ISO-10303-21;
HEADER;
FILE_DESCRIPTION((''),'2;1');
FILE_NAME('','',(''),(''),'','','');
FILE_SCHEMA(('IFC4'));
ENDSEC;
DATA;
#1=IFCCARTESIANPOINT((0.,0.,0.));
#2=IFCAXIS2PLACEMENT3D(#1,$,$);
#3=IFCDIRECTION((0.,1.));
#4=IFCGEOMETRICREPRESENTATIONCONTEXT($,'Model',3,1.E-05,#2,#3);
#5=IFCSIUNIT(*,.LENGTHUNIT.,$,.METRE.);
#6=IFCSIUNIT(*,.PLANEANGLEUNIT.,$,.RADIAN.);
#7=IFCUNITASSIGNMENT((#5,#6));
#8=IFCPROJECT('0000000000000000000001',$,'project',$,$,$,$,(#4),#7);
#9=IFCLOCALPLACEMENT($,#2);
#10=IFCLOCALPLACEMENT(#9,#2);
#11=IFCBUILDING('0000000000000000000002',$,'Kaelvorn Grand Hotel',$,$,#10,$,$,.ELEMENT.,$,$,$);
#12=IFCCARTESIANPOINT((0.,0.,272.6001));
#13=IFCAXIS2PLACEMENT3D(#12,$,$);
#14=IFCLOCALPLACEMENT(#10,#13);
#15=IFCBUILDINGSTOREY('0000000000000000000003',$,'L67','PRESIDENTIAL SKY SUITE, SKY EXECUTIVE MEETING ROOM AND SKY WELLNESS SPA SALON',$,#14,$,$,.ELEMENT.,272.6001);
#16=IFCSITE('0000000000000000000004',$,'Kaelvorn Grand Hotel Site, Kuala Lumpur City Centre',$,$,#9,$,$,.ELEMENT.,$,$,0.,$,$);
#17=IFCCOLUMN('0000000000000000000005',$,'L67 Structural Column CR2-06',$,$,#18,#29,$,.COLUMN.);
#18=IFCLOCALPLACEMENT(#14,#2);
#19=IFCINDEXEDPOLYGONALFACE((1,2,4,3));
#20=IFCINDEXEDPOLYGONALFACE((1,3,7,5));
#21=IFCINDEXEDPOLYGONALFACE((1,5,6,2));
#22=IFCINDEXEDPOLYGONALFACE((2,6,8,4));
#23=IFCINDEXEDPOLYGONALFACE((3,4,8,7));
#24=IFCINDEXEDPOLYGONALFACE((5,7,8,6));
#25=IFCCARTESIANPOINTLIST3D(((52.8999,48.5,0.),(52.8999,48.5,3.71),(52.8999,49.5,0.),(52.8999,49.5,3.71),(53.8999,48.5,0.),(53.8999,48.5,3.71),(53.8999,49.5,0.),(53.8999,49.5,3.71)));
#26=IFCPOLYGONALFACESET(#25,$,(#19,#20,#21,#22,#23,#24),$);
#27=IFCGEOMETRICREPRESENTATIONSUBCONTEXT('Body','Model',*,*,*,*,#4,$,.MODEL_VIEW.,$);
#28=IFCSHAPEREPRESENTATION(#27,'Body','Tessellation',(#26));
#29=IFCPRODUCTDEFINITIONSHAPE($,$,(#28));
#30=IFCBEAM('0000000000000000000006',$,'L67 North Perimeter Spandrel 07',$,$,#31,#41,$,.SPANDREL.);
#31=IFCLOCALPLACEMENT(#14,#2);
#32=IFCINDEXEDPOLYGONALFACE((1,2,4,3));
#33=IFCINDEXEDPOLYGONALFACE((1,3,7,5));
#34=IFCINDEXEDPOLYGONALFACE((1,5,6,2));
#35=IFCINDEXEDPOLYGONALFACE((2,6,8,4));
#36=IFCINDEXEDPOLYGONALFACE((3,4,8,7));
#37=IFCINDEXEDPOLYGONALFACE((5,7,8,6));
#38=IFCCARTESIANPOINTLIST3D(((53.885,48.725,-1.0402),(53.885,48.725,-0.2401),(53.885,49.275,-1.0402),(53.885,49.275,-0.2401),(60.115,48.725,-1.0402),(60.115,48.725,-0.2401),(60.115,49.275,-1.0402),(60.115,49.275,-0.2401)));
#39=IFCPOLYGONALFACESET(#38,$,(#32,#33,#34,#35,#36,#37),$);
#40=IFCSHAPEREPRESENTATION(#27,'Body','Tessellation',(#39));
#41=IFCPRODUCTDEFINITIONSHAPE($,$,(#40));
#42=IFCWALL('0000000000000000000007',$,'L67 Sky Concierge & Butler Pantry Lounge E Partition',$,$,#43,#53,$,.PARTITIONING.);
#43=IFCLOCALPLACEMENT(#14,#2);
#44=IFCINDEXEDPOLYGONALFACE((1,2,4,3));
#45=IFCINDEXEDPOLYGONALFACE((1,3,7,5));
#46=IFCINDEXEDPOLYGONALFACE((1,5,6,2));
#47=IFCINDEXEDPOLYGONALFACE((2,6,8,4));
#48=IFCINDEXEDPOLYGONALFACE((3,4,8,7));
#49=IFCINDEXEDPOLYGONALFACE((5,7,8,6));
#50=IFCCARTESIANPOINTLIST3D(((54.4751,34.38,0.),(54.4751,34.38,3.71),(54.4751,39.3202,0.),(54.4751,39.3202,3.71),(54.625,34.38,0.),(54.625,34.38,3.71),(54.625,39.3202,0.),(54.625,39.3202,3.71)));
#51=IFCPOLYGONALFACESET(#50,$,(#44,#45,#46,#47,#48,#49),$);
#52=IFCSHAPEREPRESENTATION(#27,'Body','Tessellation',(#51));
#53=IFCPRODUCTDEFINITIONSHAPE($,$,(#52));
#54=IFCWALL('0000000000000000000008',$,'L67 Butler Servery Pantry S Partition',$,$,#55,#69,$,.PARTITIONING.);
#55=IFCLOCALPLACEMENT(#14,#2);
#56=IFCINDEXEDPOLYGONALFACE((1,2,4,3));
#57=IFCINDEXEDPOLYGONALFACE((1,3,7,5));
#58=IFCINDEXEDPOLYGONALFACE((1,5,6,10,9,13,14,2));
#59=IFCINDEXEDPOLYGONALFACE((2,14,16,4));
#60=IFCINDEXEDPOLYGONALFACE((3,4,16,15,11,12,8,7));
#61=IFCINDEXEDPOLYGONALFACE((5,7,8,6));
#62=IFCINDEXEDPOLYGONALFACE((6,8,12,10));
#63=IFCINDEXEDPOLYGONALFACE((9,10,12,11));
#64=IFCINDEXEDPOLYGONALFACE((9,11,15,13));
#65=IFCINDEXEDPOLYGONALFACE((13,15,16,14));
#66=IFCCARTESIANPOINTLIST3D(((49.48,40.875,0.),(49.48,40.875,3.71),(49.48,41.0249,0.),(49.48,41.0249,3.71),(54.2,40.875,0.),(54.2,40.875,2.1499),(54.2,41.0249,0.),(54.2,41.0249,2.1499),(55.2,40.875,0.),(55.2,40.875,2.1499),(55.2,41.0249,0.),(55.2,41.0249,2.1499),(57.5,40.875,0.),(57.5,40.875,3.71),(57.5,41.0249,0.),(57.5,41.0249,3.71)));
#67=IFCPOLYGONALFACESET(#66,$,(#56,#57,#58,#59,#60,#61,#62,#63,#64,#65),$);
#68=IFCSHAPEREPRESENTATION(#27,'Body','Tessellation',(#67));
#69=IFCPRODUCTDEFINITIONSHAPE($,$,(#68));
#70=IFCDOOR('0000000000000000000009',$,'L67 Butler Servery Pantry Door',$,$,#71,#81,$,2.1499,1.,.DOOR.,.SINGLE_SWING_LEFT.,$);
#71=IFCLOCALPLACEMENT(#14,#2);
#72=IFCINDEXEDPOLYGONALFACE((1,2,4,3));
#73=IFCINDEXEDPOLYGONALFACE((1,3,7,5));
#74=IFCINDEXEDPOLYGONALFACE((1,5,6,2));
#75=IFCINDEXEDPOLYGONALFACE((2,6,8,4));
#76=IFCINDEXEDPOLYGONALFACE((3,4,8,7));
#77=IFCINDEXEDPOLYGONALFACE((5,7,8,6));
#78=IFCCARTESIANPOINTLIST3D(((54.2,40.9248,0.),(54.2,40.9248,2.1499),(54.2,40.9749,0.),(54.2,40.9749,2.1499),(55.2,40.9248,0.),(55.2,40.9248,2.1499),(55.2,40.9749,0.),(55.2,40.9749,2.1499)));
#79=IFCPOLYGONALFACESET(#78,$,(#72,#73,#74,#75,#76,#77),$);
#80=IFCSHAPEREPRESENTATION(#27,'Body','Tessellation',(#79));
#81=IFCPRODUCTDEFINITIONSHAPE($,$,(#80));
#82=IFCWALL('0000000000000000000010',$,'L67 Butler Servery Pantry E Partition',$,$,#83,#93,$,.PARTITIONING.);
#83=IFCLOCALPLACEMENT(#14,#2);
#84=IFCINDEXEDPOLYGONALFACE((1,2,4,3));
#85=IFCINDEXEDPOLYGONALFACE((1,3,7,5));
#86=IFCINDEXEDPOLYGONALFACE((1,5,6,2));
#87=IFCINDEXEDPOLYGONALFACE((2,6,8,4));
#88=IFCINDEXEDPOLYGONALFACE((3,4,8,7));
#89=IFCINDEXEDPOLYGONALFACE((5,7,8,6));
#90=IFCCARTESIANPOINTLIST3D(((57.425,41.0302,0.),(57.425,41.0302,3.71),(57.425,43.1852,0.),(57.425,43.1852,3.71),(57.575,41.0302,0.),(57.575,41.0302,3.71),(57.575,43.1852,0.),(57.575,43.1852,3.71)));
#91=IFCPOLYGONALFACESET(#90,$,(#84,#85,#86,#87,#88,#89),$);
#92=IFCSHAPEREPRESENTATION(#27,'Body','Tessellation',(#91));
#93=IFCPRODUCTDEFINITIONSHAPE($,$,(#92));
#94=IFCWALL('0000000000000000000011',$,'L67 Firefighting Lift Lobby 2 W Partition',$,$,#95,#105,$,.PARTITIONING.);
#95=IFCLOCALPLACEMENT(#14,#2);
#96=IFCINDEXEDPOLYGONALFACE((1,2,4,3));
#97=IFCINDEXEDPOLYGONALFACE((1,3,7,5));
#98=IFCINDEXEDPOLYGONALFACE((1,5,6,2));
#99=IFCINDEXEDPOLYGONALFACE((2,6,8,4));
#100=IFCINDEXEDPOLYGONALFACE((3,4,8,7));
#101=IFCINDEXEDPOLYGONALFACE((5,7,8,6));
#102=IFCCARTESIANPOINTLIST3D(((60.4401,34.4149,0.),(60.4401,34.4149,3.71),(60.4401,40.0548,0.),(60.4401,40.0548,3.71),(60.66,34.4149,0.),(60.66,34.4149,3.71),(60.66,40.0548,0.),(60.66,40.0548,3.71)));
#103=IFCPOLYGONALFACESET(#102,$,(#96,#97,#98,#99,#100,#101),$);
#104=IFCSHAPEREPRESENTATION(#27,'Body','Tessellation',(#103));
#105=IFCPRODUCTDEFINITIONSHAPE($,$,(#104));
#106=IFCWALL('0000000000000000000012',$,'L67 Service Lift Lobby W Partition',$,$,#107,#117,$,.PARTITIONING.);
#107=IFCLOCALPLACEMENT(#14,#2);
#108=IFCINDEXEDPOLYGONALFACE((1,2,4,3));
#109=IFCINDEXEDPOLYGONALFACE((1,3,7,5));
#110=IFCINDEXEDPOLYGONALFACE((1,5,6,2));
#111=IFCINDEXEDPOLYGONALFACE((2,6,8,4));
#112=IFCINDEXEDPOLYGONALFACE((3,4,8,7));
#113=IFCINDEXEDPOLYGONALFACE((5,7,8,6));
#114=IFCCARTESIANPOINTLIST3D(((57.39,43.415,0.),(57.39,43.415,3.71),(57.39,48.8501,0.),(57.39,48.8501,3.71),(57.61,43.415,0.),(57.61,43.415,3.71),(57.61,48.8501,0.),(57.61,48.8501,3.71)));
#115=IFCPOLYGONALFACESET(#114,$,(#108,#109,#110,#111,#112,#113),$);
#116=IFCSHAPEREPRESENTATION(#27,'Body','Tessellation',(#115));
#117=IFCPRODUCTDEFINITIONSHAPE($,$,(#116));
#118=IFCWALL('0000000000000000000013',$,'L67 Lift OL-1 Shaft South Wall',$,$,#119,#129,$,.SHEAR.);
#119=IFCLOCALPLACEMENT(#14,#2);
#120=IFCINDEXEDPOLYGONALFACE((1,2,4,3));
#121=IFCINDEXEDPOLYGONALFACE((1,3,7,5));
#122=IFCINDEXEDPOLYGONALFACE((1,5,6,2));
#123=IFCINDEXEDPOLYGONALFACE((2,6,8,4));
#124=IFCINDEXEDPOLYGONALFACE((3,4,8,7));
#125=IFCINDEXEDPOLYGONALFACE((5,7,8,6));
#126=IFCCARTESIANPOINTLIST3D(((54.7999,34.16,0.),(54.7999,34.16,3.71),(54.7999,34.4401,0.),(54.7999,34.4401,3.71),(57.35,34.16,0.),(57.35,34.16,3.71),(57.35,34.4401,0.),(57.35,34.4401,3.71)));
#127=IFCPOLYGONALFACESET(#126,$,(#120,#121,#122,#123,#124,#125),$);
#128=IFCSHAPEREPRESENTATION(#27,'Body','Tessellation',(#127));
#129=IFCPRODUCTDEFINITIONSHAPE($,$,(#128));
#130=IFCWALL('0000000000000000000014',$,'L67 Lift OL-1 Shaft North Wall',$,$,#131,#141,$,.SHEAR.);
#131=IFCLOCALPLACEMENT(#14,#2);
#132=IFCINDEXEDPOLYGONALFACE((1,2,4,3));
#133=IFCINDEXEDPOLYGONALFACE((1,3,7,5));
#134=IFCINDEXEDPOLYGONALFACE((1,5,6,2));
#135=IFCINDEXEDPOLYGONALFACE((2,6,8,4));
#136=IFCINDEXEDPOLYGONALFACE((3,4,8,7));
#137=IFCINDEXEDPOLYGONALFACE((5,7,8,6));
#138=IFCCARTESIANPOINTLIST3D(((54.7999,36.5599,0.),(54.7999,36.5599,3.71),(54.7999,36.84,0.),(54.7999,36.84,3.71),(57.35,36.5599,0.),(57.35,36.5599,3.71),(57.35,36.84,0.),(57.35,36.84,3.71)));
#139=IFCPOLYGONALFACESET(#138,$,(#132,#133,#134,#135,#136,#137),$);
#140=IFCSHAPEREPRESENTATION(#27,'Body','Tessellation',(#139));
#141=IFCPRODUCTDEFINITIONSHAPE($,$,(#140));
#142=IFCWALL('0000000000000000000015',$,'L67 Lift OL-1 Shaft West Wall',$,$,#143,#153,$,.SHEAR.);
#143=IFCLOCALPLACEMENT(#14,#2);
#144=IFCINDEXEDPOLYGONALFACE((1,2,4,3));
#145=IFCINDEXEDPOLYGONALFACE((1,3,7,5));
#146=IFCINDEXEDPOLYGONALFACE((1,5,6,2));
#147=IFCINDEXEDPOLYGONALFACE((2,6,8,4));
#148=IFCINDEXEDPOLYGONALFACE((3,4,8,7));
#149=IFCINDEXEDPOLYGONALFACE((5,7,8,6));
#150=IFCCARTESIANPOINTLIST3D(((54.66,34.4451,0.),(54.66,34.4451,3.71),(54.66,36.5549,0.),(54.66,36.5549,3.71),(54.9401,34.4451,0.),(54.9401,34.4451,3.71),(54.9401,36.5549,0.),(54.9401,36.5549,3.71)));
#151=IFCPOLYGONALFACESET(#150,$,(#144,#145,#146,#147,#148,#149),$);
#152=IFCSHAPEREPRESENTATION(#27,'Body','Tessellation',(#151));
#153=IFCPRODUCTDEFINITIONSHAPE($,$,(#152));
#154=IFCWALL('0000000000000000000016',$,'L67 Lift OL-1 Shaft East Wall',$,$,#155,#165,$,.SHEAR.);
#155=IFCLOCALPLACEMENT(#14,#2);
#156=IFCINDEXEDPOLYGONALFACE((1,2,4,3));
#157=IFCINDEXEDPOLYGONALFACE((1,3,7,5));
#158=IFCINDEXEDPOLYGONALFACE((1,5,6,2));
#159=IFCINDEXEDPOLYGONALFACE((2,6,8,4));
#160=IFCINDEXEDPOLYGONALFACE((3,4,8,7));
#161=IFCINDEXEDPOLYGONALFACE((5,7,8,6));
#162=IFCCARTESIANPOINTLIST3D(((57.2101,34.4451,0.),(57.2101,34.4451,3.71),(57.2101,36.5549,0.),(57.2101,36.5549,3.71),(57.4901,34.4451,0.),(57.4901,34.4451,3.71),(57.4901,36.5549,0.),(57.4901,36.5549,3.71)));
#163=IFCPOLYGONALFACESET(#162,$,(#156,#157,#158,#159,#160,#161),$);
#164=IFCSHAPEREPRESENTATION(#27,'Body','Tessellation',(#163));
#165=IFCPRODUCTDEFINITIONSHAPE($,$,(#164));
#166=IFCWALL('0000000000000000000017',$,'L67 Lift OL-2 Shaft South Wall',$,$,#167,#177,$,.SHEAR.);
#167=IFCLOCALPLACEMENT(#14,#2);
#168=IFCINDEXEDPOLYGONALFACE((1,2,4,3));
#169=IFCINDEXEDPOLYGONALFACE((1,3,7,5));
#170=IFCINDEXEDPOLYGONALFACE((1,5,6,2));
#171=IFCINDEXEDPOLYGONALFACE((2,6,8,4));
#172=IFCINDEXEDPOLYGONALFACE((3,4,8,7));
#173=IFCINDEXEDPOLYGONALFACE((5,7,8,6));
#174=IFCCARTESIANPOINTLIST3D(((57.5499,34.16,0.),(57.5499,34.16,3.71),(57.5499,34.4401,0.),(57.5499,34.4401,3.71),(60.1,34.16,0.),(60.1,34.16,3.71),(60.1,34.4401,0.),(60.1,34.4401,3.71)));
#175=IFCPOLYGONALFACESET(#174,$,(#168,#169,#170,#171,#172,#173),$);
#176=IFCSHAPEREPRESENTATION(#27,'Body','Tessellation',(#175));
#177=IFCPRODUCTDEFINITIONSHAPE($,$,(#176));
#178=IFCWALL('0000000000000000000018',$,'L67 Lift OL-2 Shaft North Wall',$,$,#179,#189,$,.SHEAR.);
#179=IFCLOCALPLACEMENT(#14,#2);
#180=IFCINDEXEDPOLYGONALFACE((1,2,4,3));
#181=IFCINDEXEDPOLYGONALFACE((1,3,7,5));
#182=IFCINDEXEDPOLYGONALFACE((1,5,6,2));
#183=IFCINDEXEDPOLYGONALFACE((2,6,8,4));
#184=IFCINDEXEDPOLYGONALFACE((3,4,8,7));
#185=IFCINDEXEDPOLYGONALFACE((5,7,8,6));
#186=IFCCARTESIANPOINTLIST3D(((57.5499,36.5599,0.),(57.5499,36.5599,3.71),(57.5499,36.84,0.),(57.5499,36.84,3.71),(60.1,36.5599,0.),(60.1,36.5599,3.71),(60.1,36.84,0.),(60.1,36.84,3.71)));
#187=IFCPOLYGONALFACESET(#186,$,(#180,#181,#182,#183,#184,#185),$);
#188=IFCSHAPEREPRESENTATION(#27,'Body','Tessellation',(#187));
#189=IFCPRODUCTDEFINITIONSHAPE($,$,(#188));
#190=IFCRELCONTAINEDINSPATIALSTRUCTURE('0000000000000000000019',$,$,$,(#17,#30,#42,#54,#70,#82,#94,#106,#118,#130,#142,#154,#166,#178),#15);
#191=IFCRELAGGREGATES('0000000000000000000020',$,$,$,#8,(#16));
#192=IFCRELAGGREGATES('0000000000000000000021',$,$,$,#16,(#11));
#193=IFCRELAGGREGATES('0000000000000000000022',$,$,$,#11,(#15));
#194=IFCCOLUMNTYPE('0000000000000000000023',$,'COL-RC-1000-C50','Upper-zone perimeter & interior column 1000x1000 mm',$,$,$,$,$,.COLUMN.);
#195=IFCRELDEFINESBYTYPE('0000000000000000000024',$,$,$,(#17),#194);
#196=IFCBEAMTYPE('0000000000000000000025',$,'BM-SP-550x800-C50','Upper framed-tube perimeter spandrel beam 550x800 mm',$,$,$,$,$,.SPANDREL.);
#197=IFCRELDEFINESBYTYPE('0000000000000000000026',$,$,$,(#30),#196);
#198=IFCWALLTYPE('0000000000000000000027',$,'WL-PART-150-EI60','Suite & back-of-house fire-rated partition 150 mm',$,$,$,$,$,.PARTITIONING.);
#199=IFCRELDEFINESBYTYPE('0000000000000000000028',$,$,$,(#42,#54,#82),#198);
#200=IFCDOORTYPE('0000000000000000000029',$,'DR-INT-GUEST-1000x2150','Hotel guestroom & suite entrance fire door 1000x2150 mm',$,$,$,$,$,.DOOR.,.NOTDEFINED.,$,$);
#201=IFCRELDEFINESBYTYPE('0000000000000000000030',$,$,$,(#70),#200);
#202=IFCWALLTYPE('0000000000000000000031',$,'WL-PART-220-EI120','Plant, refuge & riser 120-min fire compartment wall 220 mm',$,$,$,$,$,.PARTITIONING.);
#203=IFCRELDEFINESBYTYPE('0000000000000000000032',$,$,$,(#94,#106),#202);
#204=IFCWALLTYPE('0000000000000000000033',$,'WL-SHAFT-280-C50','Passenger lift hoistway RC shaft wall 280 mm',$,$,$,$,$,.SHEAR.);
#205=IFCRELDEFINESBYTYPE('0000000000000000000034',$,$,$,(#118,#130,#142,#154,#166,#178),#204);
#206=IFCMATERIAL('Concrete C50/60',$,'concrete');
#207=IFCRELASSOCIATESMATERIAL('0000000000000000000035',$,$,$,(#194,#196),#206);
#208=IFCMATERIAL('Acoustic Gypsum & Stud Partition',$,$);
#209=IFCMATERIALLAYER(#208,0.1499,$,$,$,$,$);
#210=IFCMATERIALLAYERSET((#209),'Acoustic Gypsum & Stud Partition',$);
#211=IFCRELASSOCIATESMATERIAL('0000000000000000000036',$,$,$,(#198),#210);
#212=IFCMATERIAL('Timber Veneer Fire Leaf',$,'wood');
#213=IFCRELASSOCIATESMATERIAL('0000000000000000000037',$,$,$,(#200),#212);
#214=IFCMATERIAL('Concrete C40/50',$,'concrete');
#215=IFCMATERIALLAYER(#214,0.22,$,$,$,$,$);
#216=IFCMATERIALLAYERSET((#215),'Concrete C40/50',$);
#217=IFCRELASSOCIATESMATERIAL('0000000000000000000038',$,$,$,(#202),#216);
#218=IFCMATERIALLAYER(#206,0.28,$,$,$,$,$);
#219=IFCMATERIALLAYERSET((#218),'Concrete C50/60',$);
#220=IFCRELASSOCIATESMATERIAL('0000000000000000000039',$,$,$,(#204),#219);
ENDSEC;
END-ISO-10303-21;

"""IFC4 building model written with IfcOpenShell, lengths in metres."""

from ifc_helpers import new_model, si_unit, direction, frame, frame_2d, origin, origin_2d, place, context, subcontext, project, spatial, rectangle, extrude, material, layer, layer_set, material_profile, profile_set, type_object, element, fill, save


model = new_model("IFC4")

# Units and contexts
model_context = context("Model", 3, precision=1e-05, world=origin(), true_north=direction((0.0, 1.0)))
body_context = subcontext(model_context, "Body", "Model", "MODEL_VIEW")
ifc_project = project(units=[si_unit("LENGTHUNIT", "METRE"), si_unit("PLANEANGLEUNIT", "RADIAN")], contexts=[model_context])

# Site, building, storey
site_placement = place(None, origin())
site = spatial("IfcSite", under=ifc_project, at=site_placement, Name="Kaelvorn Grand Hotel Site, Kuala Lumpur City Centre", CompositionType="ELEMENT", RefElevation=0.0)
building_placement = place(site_placement, origin())
building = spatial("IfcBuilding", under=site, at=building_placement, Name="Kaelvorn Grand Hotel", CompositionType="ELEMENT")
storey_placement = place(building_placement, frame((0.0, 0.0, 272.6001)))
storey = spatial("IfcBuildingStorey", under=building, at=storey_placement, Name="L67", Description="PRESIDENTIAL SKY SUITE, SKY EXECUTIVE MEETING ROOM AND SKY WELLNESS SPA SALON", CompositionType="ELEMENT", Elevation=272.6001)

# Column
ifc_material_1 = material(Name="Concrete C50/60", Category="concrete")
ifc_material_profile_1 = material_profile(ifc_material_1, rectangle(XDim=1.0, YDim=1.0, at=origin_2d()), Name="RC COL 1000x1000")
ifc_profile_set_1 = profile_set([ifc_material_profile_1], Name="Concrete C50/60")
column_type = type_object("IfcColumnType", Name="COL-RC-1000-C50", Description="Upper-zone perimeter & interior column 1000x1000 mm", PredefinedType="COLUMN", material=ifc_profile_set_1)
column_placement = place(storey_placement, frame((53.3999, 49.0, 0.0), z_axis=(0.0, 0.0, 1.0), x_axis=(1.0, 0.0, 0.0)))
element("IfcColumn", 1, at=column_placement, inside=storey, type_object=column_type, Name="L67 Structural Column CR2-06", PredefinedType="COLUMN", context=body_context, shape_type="SweptSolid", body=[
    extrude(rectangle(XDim=1.0, YDim=1.0, at=origin_2d()), origin(), (0.0, 0.0, 1.0), 3.71),
])

# Beam
ifc_material_profile_2 = material_profile(ifc_material_1, rectangle(XDim=0.55, YDim=0.8, at=origin_2d()), Name="RC SPANDREL 550x800")
ifc_profile_set_2 = profile_set([ifc_material_profile_2], Name="Concrete C50/60")
beam_type = type_object("IfcBeamType", Name="BM-SP-550x800-C50", Description="Upper framed-tube perimeter spandrel beam 550x800 mm", PredefinedType="SPANDREL", material=ifc_profile_set_2)
beam_placement = place(storey_placement, frame((53.885, 49.0, -0.6401), z_axis=(1.0, 0.0, 0.0), x_axis=(0.0, 1.0, 0.0)))
element("IfcBeam", 2, at=beam_placement, inside=storey, type_object=beam_type, Name="L67 North Perimeter Spandrel 07", PredefinedType="SPANDREL", context=body_context, shape_type="SweptSolid", body=[
    extrude(rectangle(XDim=0.55, YDim=0.8, at=origin_2d()), origin(), (0.0, 0.0, 1.0), 6.23),
])

# Wall
ifc_material_2 = material(Name="Acoustic Gypsum & Stud Partition")
ifc_layer_1 = layer(ifc_material_2, 0.1499)
ifc_layer_set_1 = layer_set([ifc_layer_1], Name="Acoustic Gypsum & Stud Partition")
wall_type_1 = type_object("IfcWallType", Name="WL-PART-150-EI60", Description="Suite & back-of-house fire-rated partition 150 mm", PredefinedType="PARTITIONING", material=ifc_layer_set_1)
wall_1_placement = place(storey_placement, frame((54.55, 34.3799, 0.0), z_axis=(0.0, 0.0, 1.0), x_axis=(0.0, 1.0, 0.0)))
element("IfcWall", 3, at=wall_1_placement, inside=storey, type_object=wall_type_1, Name="L67 Sky Concierge & Butler Pantry Lounge E Partition", PredefinedType="PARTITIONING", context=body_context, shape_type="SweptSolid", body=[
    extrude(rectangle(XDim=4.9402, YDim=0.1499, at=frame_2d((2.4702, 0.0))), origin(), (0.0, 0.0, 1.0), 3.71),
])

# Wall, opening, door
wall_2_placement = place(storey_placement, frame((49.48, 40.95, 0.0), z_axis=(0.0, 0.0, 1.0), x_axis=(1.0, 0.0, 0.0)))
wall_2 = element("IfcWall", 4, at=wall_2_placement, inside=storey, type_object=wall_type_1, Name="L67 Butler Servery Pantry S Partition", PredefinedType="PARTITIONING", context=body_context, shape_type="SweptSolid", body=[
    extrude(rectangle(XDim=8.02, YDim=0.1499, at=frame_2d((4.01, 0.0))), origin(), (0.0, 0.0, 1.0), 3.71),
])
opening_1_placement = place(wall_2_placement, frame((4.72, 0.0, 0.0)))
opening_1 = element("IfcOpeningElement", 5, at=opening_1_placement, cuts=wall_2, PredefinedType="OPENING", context=body_context, shape_type="SweptSolid", body=[
    extrude(rectangle(XDim=1.0, YDim=2.1499, at=frame_2d((0.5, 1.075))), frame((0.0, 0.085, 0.0), z_axis=(0.0, -1.0, 0.0), x_axis=(1.0, 0.0, 0.0)), (0.0, 0.0, 1.0), 0.1699),
])
ifc_material_3 = material(Name="Timber Veneer Fire Leaf", Category="wood")
door_type_1 = type_object("IfcDoorType", Name="DR-INT-GUEST-1000x2150", Description="Hotel guestroom & suite entrance fire door 1000x2150 mm", OperationType="NOTDEFINED", PredefinedType="DOOR", material=ifc_material_3)
door_1_placement = place(opening_1_placement, origin())
door_1 = element("IfcDoor", 6, at=door_1_placement, inside=storey, type_object=door_type_1, Name="L67 Butler Servery Pantry Door", OperationType="SINGLE_SWING_LEFT", OverallHeight=2.1499, OverallWidth=1.0, PredefinedType="DOOR", context=body_context, shape_type="SweptSolid", body=[
    extrude(rectangle(XDim=1.0, YDim=2.1499, at=frame_2d((0.5, 1.075))), frame((0.0, 0.0249, 0.0), z_axis=(0.0, -1.0, 0.0), x_axis=(1.0, 0.0, 0.0)), (0.0, 0.0, 1.0), 0.05),
])
fill(opening_1, door_1)

# Wall
wall_3_placement = place(storey_placement, frame((57.5, 41.03, 0.0), z_axis=(0.0, 0.0, 1.0), x_axis=(0.0, 1.0, 0.0)))
element("IfcWall", 7, at=wall_3_placement, inside=storey, type_object=wall_type_1, Name="L67 Butler Servery Pantry E Partition", PredefinedType="PARTITIONING", context=body_context, shape_type="SweptSolid", body=[
    extrude(rectangle(XDim=2.155, YDim=0.1499, at=frame_2d((1.0776, 0.0))), origin(), (0.0, 0.0, 1.0), 3.71),
])

# Shared definitions
ifc_material_4 = material(Name="Concrete C40/50", Category="concrete")
ifc_layer_2 = layer(ifc_material_4, 0.22)
ifc_layer_set_2 = layer_set([ifc_layer_2], Name="Concrete C40/50")
wall_type_2 = type_object("IfcWallType", Name="WL-PART-220-EI120", Description="Plant, refuge & riser 120-min fire compartment wall 220 mm", PredefinedType="PARTITIONING", material=ifc_layer_set_2)

# Wall
wall_4_placement = place(storey_placement, frame((60.55, 34.415, 0.0), z_axis=(0.0, 0.0, 1.0), x_axis=(0.0, 1.0, 0.0)))
element("IfcWall", 8, at=wall_4_placement, inside=storey, type_object=wall_type_2, Name="L67 Firefighting Lift Lobby 2 W Partition", PredefinedType="PARTITIONING", context=body_context, shape_type="SweptSolid", body=[
    extrude(rectangle(XDim=5.6399, YDim=0.22, at=frame_2d((2.8198, 0.0))), origin(), (0.0, 0.0, 1.0), 3.71),
])

# Walls
wall_5_placement = place(storey_placement, frame((57.5, 43.415, 0.0), z_axis=(0.0, 0.0, 1.0), x_axis=(0.0, 1.0, 0.0)))
element("IfcWall", 9, at=wall_5_placement, inside=storey, type_object=wall_type_2, Name="L67 Service Lift Lobby W Partition", PredefinedType="PARTITIONING", context=body_context, shape_type="SweptSolid", body=[
    extrude(rectangle(XDim=5.4351, YDim=0.22, at=frame_2d((2.7175, 0.0))), origin(), (0.0, 0.0, 1.0), 3.71),
])
ifc_layer_3 = layer(ifc_material_1, 0.28)
ifc_layer_set_3 = layer_set([ifc_layer_3], Name="Concrete C50/60")
wall_type_3 = type_object("IfcWallType", Name="WL-SHAFT-280-C50", Description="Passenger lift hoistway RC shaft wall 280 mm", PredefinedType="SHEAR", material=ifc_layer_set_3)
for number, where, z_axis, x_axis, name in (
    (10, (54.8, 34.3, 0.0), (0.0, 0.0, 1.0), (1.0, 0.0, 0.0), "L67 Lift OL-1 Shaft South Wall"),
    (11, (54.8, 36.7, 0.0), (0.0, 0.0, 1.0), (1.0, 0.0, 0.0), "L67 Lift OL-1 Shaft North Wall"),
):
    element("IfcWall", number, at=place(storey_placement, frame(where, z_axis=z_axis, x_axis=x_axis)), inside=storey, type_object=wall_type_3, Name=name, PredefinedType="SHEAR", context=body_context, shape_type="SweptSolid", body=[
        extrude(rectangle(XDim=2.55, YDim=0.28, at=frame_2d((1.2749, 0.0))), origin(), (0.0, 0.0, 1.0), 3.71),
    ])
for number, where, z_axis, x_axis, name in (
    (12, (54.8, 34.4451, 0.0), (0.0, 0.0, 1.0), (0.0, 1.0, 0.0), "L67 Lift OL-1 Shaft West Wall"),
    (13, (57.3501, 34.4451, 0.0), (0.0, 0.0, 1.0), (0.0, 1.0, 0.0), "L67 Lift OL-1 Shaft East Wall"),
):
    element("IfcWall", number, at=place(storey_placement, frame(where, z_axis=z_axis, x_axis=x_axis)), inside=storey, type_object=wall_type_3, Name=name, PredefinedType="SHEAR", context=body_context, shape_type="SweptSolid", body=[
        extrude(rectangle(XDim=2.1099, YDim=0.28, at=frame_2d((1.0549, 0.0))), origin(), (0.0, 0.0, 1.0), 3.71),
    ])
for number, where, z_axis, x_axis, name in (
    (14, (57.55, 34.3, 0.0), (0.0, 0.0, 1.0), (1.0, 0.0, 0.0), "L67 Lift OL-2 Shaft South Wall"),
    (15, (57.55, 36.7, 0.0), (0.0, 0.0, 1.0), (1.0, 0.0, 0.0), "L67 Lift OL-2 Shaft North Wall"),
):
    element("IfcWall", number, at=place(storey_placement, frame(where, z_axis=z_axis, x_axis=x_axis)), inside=storey, type_object=wall_type_3, Name=name, PredefinedType="SHEAR", context=body_context, shape_type="SweptSolid", body=[
        extrude(rectangle(XDim=2.55, YDim=0.28, at=frame_2d((1.2749, 0.0))), origin(), (0.0, 0.0, 1.0), 3.71),
    ])

save(model, "model.ifc")
